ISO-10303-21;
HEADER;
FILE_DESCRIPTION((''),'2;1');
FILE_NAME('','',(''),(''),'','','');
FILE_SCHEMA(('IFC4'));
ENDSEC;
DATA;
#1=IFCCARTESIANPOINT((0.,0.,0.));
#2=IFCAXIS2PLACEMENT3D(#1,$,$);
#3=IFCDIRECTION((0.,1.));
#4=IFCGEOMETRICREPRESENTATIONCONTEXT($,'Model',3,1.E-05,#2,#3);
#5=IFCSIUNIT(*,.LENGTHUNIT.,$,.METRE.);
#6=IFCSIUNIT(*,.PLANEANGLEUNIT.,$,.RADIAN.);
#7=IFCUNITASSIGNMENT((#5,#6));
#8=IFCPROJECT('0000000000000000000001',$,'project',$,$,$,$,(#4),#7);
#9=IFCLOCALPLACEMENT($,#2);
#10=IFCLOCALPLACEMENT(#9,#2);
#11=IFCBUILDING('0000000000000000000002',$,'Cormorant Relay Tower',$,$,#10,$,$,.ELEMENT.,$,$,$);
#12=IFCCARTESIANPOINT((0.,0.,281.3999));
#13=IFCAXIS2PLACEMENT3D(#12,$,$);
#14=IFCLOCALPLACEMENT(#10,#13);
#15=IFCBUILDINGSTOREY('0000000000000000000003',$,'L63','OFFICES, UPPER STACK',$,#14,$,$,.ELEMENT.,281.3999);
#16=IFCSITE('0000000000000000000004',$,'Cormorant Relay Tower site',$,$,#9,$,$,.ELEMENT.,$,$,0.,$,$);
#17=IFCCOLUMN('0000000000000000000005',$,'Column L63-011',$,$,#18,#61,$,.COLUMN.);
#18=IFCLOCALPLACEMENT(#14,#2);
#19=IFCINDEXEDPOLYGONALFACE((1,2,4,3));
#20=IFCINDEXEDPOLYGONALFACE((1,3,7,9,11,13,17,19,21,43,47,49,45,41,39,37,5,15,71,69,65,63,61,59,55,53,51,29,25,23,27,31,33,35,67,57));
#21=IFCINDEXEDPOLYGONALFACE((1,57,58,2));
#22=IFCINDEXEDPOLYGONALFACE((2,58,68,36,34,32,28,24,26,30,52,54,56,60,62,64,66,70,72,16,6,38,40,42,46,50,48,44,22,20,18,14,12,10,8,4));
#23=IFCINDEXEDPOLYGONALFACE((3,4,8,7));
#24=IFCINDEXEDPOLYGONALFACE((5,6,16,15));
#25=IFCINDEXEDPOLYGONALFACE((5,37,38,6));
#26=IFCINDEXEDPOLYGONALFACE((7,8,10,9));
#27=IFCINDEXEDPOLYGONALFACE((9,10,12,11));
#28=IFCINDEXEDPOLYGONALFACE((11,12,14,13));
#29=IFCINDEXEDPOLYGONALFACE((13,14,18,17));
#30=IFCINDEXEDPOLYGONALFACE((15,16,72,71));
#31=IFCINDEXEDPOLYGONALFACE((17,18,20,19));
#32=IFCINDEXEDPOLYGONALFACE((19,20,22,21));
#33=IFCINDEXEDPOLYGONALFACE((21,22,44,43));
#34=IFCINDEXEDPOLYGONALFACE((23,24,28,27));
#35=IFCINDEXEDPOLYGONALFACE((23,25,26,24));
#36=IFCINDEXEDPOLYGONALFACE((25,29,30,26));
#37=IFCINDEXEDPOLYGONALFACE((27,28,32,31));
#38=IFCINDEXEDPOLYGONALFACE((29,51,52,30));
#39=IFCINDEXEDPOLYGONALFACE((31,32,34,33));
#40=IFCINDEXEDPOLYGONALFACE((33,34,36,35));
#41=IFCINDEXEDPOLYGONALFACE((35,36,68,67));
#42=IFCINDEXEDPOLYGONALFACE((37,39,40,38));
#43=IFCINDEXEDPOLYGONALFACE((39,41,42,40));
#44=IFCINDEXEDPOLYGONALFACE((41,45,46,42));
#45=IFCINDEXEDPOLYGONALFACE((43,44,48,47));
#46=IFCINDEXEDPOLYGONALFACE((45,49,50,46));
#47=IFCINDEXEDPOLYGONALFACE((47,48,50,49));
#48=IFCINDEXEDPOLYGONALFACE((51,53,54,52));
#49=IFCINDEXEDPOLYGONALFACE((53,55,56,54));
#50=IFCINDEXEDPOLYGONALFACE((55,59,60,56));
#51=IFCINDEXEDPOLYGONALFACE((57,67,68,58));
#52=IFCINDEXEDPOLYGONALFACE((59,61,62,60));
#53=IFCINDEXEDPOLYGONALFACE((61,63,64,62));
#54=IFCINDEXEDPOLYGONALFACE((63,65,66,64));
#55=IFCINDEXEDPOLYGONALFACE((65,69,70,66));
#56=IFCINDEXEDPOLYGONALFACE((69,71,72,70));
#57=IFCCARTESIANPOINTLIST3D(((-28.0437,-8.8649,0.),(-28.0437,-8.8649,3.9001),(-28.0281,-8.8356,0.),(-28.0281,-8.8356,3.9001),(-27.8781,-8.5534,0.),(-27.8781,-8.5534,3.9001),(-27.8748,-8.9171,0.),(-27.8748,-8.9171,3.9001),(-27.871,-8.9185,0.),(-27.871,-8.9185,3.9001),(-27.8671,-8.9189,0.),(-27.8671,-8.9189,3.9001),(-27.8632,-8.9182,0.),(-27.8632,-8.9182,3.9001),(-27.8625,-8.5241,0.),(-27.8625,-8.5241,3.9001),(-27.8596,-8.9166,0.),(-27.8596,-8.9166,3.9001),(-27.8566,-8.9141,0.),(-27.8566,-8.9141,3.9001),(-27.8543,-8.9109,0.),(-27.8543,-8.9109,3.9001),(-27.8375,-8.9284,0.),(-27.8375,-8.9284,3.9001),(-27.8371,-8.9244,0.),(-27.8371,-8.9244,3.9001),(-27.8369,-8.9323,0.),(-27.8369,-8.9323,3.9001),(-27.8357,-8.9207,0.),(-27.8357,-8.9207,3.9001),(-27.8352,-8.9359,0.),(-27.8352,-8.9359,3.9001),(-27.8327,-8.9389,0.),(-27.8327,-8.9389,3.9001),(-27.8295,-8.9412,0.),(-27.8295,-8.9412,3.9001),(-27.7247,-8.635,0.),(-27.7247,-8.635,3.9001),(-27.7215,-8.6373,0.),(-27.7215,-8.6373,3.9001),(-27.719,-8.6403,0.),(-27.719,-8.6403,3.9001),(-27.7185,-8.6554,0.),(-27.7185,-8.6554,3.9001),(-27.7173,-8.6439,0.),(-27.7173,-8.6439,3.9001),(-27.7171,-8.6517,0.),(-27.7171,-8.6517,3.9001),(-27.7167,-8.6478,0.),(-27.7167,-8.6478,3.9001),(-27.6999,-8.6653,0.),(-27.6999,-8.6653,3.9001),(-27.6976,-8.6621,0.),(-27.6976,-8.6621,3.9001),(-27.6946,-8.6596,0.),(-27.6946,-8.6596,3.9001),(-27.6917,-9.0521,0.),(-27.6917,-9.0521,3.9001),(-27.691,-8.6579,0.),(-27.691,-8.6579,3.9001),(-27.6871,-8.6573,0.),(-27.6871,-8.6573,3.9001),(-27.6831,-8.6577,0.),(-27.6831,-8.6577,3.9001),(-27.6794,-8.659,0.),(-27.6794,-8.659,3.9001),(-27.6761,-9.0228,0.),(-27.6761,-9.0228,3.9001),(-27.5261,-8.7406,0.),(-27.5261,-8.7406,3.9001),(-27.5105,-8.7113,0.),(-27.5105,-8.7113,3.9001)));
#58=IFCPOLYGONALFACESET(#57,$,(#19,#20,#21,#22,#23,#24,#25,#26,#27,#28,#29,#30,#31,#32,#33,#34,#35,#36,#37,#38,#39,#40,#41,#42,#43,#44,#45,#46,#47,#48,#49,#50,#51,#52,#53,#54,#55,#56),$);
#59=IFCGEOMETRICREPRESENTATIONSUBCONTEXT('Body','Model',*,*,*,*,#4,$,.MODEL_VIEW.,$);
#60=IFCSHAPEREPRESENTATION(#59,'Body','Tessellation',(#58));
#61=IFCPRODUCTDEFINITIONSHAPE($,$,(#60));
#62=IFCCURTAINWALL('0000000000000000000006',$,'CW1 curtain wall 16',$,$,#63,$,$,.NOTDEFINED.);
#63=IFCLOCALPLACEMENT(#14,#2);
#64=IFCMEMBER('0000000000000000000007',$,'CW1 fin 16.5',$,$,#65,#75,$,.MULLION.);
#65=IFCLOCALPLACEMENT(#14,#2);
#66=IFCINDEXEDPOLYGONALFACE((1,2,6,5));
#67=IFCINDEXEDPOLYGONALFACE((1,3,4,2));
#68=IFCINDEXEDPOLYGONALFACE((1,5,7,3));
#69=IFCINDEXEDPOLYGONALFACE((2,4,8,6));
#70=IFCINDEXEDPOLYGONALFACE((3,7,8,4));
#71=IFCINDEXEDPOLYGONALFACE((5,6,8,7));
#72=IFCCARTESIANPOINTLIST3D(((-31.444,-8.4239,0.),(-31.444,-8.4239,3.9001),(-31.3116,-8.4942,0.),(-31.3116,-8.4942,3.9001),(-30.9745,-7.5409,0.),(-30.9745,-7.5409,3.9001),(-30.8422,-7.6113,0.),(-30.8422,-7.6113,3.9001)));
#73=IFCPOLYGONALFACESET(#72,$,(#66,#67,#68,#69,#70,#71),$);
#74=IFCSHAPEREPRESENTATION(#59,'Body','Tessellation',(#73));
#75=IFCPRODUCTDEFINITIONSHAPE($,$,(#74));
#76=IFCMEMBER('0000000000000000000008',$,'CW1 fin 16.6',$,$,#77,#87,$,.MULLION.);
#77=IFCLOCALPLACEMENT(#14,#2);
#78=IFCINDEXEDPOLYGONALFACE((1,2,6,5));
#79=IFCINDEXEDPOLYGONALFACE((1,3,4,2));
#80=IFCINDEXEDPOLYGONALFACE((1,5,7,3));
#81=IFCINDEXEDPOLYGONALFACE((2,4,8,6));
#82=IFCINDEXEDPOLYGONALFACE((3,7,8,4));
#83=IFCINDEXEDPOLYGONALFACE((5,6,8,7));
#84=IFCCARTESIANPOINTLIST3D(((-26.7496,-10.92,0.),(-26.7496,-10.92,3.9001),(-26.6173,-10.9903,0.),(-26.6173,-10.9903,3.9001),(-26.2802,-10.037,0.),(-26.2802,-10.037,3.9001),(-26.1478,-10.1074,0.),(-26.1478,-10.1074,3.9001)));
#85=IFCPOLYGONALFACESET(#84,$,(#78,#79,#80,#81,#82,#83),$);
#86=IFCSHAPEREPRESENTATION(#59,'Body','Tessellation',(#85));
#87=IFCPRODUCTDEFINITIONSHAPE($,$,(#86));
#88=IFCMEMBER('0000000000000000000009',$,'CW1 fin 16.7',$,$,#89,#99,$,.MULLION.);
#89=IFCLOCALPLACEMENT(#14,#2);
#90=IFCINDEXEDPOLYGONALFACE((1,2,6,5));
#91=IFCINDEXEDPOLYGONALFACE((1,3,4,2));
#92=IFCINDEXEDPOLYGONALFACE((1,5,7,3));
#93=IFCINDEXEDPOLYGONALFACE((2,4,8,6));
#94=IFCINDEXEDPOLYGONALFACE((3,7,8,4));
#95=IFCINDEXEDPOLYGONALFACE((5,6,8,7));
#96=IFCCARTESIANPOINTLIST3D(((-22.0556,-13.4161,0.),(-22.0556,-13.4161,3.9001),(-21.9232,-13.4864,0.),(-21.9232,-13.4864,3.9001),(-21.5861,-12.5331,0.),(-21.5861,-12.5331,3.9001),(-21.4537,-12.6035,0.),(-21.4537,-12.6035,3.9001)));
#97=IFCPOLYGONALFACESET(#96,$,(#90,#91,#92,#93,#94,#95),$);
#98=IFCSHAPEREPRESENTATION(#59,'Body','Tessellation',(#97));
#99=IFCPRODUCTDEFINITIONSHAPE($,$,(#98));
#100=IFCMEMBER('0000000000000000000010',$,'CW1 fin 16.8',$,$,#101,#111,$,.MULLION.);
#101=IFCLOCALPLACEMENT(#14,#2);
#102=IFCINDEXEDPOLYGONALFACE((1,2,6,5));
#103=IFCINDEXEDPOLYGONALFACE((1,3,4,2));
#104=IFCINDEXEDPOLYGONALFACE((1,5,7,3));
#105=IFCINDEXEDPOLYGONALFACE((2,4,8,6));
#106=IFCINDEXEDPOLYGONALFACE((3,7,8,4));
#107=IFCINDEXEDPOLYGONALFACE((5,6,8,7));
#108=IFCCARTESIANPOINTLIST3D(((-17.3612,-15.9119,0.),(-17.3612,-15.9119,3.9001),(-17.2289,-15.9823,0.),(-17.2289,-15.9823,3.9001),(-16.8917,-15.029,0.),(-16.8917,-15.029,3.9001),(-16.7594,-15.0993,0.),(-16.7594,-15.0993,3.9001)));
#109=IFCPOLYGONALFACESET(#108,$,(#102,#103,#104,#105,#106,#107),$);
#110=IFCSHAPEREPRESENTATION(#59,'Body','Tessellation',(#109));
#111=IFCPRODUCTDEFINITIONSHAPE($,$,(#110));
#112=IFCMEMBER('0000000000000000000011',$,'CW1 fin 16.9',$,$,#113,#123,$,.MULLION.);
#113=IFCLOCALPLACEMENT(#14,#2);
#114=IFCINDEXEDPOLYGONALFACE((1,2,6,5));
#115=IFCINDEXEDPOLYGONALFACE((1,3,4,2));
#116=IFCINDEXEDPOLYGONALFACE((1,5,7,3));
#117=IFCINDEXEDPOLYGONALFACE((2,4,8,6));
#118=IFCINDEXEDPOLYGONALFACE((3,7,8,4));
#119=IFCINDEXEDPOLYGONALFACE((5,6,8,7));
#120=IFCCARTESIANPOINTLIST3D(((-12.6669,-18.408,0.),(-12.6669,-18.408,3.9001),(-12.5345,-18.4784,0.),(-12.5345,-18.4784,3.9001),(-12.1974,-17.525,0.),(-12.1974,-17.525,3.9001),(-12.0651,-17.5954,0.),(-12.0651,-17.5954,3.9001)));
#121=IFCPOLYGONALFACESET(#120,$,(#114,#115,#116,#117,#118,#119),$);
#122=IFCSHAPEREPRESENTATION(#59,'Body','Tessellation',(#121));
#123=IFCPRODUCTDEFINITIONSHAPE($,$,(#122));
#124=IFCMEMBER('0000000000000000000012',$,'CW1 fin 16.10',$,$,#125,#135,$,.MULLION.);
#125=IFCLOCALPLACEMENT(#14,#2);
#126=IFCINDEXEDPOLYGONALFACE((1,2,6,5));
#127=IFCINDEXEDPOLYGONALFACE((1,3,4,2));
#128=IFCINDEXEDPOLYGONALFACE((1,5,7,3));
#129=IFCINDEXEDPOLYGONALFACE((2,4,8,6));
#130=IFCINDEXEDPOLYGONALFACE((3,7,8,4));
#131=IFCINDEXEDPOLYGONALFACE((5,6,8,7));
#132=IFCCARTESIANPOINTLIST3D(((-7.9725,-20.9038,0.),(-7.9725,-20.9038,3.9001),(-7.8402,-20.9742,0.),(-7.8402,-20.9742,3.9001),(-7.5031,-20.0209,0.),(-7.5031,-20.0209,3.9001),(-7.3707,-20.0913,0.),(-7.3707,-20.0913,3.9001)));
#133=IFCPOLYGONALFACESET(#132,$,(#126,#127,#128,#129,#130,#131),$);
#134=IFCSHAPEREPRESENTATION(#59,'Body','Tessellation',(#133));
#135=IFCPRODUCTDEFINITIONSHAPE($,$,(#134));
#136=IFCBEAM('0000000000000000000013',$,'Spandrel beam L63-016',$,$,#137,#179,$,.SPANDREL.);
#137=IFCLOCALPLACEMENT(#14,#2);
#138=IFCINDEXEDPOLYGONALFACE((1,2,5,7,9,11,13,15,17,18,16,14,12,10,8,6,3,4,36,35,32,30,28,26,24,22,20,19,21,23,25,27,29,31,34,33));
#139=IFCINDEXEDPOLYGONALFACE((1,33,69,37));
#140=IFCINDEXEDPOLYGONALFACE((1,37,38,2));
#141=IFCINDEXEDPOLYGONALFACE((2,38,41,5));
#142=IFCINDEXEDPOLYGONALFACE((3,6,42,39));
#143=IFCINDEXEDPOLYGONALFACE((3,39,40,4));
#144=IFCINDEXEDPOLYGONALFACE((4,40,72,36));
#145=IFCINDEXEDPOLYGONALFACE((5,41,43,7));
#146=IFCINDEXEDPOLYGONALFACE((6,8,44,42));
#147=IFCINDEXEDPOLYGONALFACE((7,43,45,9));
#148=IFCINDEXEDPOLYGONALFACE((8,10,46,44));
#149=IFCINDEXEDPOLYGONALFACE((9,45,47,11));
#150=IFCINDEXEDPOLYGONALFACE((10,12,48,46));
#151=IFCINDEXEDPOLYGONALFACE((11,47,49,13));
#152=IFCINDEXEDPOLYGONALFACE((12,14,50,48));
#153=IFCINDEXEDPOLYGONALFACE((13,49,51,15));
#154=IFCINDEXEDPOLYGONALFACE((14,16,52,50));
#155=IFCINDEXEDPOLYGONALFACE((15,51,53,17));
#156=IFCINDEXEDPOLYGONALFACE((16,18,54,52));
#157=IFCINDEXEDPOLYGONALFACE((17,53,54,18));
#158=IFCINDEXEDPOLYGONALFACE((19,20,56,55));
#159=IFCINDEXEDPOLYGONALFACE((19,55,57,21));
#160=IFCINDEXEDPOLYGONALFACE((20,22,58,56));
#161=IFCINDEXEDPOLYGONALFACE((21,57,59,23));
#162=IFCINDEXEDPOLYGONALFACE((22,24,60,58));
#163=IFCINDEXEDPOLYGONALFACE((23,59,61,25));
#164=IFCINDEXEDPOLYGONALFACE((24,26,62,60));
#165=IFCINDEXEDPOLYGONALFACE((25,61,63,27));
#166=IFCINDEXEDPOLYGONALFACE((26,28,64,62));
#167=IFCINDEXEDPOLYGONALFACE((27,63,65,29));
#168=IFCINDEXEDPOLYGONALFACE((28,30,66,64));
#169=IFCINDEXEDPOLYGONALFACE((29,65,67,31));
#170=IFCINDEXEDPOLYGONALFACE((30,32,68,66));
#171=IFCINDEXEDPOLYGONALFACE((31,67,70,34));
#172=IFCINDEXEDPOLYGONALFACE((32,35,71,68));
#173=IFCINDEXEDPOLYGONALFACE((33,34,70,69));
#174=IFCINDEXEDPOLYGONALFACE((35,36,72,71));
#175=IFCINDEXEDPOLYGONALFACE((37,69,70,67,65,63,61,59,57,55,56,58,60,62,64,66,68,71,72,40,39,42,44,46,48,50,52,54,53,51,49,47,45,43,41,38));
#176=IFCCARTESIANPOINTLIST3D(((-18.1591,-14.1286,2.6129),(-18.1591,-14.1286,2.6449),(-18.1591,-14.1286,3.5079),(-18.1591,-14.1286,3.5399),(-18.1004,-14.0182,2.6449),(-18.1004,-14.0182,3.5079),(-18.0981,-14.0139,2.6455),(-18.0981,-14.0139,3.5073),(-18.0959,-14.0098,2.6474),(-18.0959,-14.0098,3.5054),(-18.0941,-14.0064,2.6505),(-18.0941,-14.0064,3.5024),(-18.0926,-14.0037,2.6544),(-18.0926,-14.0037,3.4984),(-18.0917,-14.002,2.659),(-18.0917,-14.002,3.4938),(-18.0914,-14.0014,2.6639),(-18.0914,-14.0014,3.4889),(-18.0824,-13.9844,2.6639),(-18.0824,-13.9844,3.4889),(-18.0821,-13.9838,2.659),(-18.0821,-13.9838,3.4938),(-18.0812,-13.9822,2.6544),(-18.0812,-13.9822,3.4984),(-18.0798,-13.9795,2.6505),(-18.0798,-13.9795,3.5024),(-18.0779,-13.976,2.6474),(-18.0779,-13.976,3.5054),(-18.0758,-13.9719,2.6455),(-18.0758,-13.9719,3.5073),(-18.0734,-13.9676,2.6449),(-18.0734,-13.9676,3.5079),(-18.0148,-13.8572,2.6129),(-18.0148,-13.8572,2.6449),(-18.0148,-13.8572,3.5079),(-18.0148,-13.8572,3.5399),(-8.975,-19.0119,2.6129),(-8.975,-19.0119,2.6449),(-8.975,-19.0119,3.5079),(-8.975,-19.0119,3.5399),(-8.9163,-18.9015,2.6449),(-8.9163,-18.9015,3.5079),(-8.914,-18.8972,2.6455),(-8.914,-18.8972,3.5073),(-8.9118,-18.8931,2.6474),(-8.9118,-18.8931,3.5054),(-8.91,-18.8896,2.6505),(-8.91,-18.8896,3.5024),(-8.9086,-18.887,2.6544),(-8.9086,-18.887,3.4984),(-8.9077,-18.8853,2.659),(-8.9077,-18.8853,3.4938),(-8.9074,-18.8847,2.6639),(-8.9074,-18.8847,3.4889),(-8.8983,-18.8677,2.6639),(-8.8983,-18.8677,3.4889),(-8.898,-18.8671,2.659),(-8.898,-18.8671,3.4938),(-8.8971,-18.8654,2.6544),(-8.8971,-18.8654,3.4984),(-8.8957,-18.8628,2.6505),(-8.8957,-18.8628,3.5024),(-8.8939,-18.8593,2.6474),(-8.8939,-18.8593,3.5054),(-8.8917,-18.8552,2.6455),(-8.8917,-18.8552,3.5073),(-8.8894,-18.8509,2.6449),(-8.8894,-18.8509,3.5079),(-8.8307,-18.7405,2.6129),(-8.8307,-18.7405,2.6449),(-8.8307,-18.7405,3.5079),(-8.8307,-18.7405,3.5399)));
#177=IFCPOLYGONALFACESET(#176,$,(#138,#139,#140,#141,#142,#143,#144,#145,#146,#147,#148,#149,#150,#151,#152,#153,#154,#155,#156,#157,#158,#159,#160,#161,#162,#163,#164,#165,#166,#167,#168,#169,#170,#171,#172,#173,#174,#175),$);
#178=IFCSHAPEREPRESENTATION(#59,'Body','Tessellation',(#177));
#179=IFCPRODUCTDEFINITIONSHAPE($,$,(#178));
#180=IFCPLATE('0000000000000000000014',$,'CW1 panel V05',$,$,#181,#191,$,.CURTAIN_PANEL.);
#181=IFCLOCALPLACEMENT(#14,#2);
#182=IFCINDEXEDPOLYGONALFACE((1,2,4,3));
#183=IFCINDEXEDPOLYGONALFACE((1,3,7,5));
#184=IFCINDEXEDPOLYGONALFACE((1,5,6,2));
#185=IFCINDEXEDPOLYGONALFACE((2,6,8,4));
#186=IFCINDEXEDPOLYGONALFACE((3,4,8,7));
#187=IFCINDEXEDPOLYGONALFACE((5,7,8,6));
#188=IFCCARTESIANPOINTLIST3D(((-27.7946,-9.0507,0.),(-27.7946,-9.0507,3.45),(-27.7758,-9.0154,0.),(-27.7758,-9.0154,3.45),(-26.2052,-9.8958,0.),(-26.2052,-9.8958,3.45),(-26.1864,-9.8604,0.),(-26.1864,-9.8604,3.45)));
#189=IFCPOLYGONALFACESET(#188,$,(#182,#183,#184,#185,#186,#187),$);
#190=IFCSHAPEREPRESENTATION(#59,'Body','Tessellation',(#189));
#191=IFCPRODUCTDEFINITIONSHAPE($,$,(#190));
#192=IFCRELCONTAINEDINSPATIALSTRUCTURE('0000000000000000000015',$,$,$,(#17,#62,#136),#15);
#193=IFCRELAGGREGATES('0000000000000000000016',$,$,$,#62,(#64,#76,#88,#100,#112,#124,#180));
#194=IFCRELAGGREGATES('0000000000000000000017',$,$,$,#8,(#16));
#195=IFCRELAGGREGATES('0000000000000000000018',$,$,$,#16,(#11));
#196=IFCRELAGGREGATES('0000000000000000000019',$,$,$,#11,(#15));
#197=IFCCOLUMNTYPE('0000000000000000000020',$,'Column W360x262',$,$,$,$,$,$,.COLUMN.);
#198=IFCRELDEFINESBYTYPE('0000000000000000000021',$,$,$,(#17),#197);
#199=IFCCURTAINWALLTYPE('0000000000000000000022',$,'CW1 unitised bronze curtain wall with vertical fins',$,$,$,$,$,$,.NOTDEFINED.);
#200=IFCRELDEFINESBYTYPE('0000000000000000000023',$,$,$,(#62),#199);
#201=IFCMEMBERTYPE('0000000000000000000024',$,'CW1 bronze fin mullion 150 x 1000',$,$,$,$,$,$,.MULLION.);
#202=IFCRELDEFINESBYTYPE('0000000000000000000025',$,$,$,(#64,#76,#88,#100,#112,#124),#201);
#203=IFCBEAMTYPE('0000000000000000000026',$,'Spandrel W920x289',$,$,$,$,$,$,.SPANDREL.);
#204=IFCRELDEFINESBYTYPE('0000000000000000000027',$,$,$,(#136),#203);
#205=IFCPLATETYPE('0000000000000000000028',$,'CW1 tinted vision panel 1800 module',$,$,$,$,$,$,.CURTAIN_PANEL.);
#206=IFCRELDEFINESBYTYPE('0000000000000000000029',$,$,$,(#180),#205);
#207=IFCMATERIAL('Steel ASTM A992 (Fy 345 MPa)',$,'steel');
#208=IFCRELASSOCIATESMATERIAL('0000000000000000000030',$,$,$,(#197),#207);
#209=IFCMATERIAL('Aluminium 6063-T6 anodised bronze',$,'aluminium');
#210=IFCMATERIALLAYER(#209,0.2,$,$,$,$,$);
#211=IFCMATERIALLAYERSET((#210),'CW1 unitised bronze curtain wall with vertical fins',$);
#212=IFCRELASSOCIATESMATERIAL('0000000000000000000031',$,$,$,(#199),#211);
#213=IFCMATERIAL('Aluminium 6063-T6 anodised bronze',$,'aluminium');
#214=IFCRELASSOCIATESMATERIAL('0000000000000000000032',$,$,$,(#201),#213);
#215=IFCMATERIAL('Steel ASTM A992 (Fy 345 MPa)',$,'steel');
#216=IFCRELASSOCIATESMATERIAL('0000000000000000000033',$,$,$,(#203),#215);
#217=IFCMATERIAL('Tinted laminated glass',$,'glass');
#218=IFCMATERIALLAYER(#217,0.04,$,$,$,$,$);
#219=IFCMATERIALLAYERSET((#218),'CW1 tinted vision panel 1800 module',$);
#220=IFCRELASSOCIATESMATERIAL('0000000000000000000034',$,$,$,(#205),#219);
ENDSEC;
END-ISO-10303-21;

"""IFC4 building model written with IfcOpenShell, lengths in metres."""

from ifc_helpers import new_model, si_unit, direction, frame, origin, origin_2d, place, context, subcontext, project, spatial, rectangle, i_section, extrude, material, layer, layer_set, material_profile, profile_set, type_object, element, aggregate, save


model = new_model("IFC4")

# Units and contexts
model_context = context("Model", 3, precision=1e-05, world=origin(), true_north=direction((0.0, 1.0)))
body_context = subcontext(model_context, "Body", "Model", "MODEL_VIEW")
ifc_project = project(units=[si_unit("LENGTHUNIT", "METRE"), si_unit("PLANEANGLEUNIT", "RADIAN")], contexts=[model_context])

# Site, building, storey
site_placement = place(None, origin())
site = spatial("IfcSite", under=ifc_project, at=site_placement, Name="Cormorant Relay Tower site", CompositionType="ELEMENT", RefElevation=0.0)
building_placement = place(site_placement, origin())
building = spatial("IfcBuilding", under=site, at=building_placement, Name="Cormorant Relay Tower", CompositionType="ELEMENT")
storey_placement = place(building_placement, frame((0.0, 0.0, 281.3999)))
storey = spatial("IfcBuildingStorey", under=building, at=storey_placement, Name="L63", Description="OFFICES, UPPER STACK", CompositionType="ELEMENT", Elevation=281.3999)

# Column
ifc_material_1 = material(Name="Steel ASTM A992 (Fy 345 MPa)", Category="steel")
ifc_material_profile_1 = material_profile(ifc_material_1, i_section(OverallWidth=0.3987, OverallDepth=0.386, WebThickness=0.021, FlangeThickness=0.0332, FilletRadius=0.0151, at=origin_2d()), Name="W360x262")
ifc_profile_set_1 = profile_set([ifc_material_profile_1], Name="Steel ASTM A992 (Fy 345 MPa)")
column_type_1 = type_object("IfcColumnType", Name="Column W360x262", PredefinedType="COLUMN", material=ifc_profile_set_1)
for number, where, z_axis, x_axis, name in (
    (1, (-27.7771, -8.7881, 0.0), (0.0, 0.0, 1.0), (0.882948, -0.469472, 0.0), "Column L63-011"),
):
    element("IfcColumn", number, at=place(storey_placement, frame(where, z_axis=z_axis, x_axis=x_axis)), inside=storey, type_object=column_type_1, Name=name, PredefinedType="COLUMN", context=body_context, shape_type="SweptSolid", body=[
        extrude(i_section(OverallWidth=0.3987, OverallDepth=0.386, WebThickness=0.021, FlangeThickness=0.0332, FilletRadius=0.0151, at=origin_2d()), origin(), (0.0, 0.0, 1.0), 3.9001),
    ])

# Curtain wall, members
ifc_material_2 = material(Name="Aluminium 6063-T6 anodised bronze", Category="aluminium")
ifc_layer_1 = layer(ifc_material_2, 0.2)
ifc_layer_set_1 = layer_set([ifc_layer_1], Name="CW1 unitised bronze curtain wall with vertical fins")
curtain_wall_type = type_object("IfcCurtainWallType", Name="CW1 unitised bronze curtain wall with vertical fins", PredefinedType="NOTDEFINED", material=ifc_layer_set_1)
curtain_wall_placement = place(storey_placement, origin())
curtain_wall = element("IfcCurtainWall", 2, at=curtain_wall_placement, inside=storey, type_object=curtain_wall_type, Name="CW1 curtain wall 16", PredefinedType="NOTDEFINED")
ifc_material_3 = material(Name="Aluminium 6063-T6 anodised bronze", Category="aluminium")
ifc_material_profile_2 = material_profile(ifc_material_3, rectangle(XDim=0.1499, YDim=1.0, at=origin_2d()), Name="AL 150x1000")
ifc_profile_set_2 = profile_set([ifc_material_profile_2], Name="Aluminium 6063-T6 anodised bronze")
member_type = type_object("IfcMemberType", Name="CW1 bronze fin mullion 150 x 1000", PredefinedType="MULLION", material=ifc_profile_set_2)
member_1_placement = place(storey_placement, frame((-31.1431, -8.0176, 0.0), z_axis=(0.0, 0.0, 1.0), x_axis=(0.882948, -0.469472, 0.0)))
member_1 = element("IfcMember", 3, at=member_1_placement, type_object=member_type, Name="CW1 fin 16.5", PredefinedType="MULLION", context=body_context, shape_type="SweptSolid", body=[
    extrude(rectangle(XDim=0.1499, YDim=1.0, at=origin_2d()), origin(), (0.0, 0.0, 1.0), 3.9001),
])
member_2_placement = place(storey_placement, frame((-26.4487, -10.5137, 0.0), z_axis=(0.0, 0.0, 1.0), x_axis=(0.882948, -0.469472, 0.0)))
member_2 = element("IfcMember", 4, at=member_2_placement, type_object=member_type, Name="CW1 fin 16.6", PredefinedType="MULLION", context=body_context, shape_type="SweptSolid", body=[
    extrude(rectangle(XDim=0.1499, YDim=1.0, at=origin_2d()), origin(), (0.0, 0.0, 1.0), 3.9001),
])
member_3_placement = place(storey_placement, frame((-21.7546, -13.0098, 0.0), z_axis=(0.0, 0.0, 1.0), x_axis=(0.882948, -0.469472, 0.0)))
member_3 = element("IfcMember", 5, at=member_3_placement, type_object=member_type, Name="CW1 fin 16.7", PredefinedType="MULLION", context=body_context, shape_type="SweptSolid", body=[
    extrude(rectangle(XDim=0.1499, YDim=1.0, at=origin_2d()), origin(), (0.0, 0.0, 1.0), 3.9001),
])
member_4_placement = place(storey_placement, frame((-17.0603, -15.5056, 0.0), z_axis=(0.0, 0.0, 1.0), x_axis=(0.882948, -0.469472, 0.0)))
member_4 = element("IfcMember", 6, at=member_4_placement, type_object=member_type, Name="CW1 fin 16.8", PredefinedType="MULLION", context=body_context, shape_type="SweptSolid", body=[
    extrude(rectangle(XDim=0.1499, YDim=1.0, at=origin_2d()), origin(), (0.0, 0.0, 1.0), 3.9001),
])
member_5_placement = place(storey_placement, frame((-12.366, -18.0017, 0.0), z_axis=(0.0, 0.0, 1.0), x_axis=(0.882948, -0.469472, 0.0)))
member_5 = element("IfcMember", 7, at=member_5_placement, type_object=member_type, Name="CW1 fin 16.9", PredefinedType="MULLION", context=body_context, shape_type="SweptSolid", body=[
    extrude(rectangle(XDim=0.1499, YDim=1.0, at=origin_2d()), origin(), (0.0, 0.0, 1.0), 3.9001),
])
member_6_placement = place(storey_placement, frame((-7.6716, -20.4976, 0.0), z_axis=(0.0, 0.0, 1.0), x_axis=(0.882948, -0.469472, 0.0)))
member_6 = element("IfcMember", 8, at=member_6_placement, type_object=member_type, Name="CW1 fin 16.10", PredefinedType="MULLION", context=body_context, shape_type="SweptSolid", body=[
    extrude(rectangle(XDim=0.1499, YDim=1.0, at=origin_2d()), origin(), (0.0, 0.0, 1.0), 3.9001),
])

# Beam
ifc_material_4 = material(Name="Steel ASTM A992 (Fy 345 MPa)", Category="steel")
ifc_material_profile_3 = material_profile(ifc_material_4, i_section(OverallWidth=0.3074, OverallDepth=0.927, WebThickness=0.0193, FlangeThickness=0.032, FilletRadius=0.019, at=origin_2d()), Name="W920x289")
ifc_profile_set_3 = profile_set([ifc_material_profile_3], Name="Steel ASTM A992 (Fy 345 MPa)")
beam_type = type_object("IfcBeamType", Name="Spandrel W920x289", PredefinedType="SPANDREL", material=ifc_profile_set_3)
beam_placement = place(storey_placement, frame((-18.0869, -13.9929, 3.0764), z_axis=(0.882946, -0.469474, 0.0), x_axis=(0.469474, 0.882946, 0.0)))
element("IfcBeam", 9, at=beam_placement, inside=storey, type_object=beam_type, Name="Spandrel beam L63-016", PredefinedType="SPANDREL", context=body_context, shape_type="SweptSolid", body=[
    extrude(i_section(OverallWidth=0.3074, OverallDepth=0.927, WebThickness=0.0193, FlangeThickness=0.032, FilletRadius=0.019, at=origin_2d()), origin(), (0.0, 0.0, 1.0), 10.4016),
])

# Plate
ifc_material_5 = material(Name="Tinted laminated glass", Category="glass")
ifc_layer_2 = layer(ifc_material_5, 0.04)
ifc_layer_set_2 = layer_set([ifc_layer_2], Name="CW1 tinted vision panel 1800 module")
plate_type_1 = type_object("IfcPlateType", Name="CW1 tinted vision panel 1800 module", PredefinedType="CURTAIN_PANEL", material=ifc_layer_set_2)
plate_1_placement = place(storey_placement, frame((-26.9905, -9.4556, 0.0), z_axis=(0.0, 0.0, 1.0), x_axis=(0.882948, -0.469472, 0.0)))
plate_1 = element("IfcPlate", 10, at=plate_1_placement, type_object=plate_type_1, Name="CW1 panel V05", PredefinedType="CURTAIN_PANEL", context=body_context, shape_type="SweptSolid", body=[
    extrude(rectangle(XDim=1.8, YDim=0.04, at=origin_2d()), origin(), (0.0, 0.0, 1.0), 3.45),
])

aggregate(curtain_wall, [member_1, member_2, member_3, member_4, member_5, member_6, plate_1])

save(model, "model.ifc")
